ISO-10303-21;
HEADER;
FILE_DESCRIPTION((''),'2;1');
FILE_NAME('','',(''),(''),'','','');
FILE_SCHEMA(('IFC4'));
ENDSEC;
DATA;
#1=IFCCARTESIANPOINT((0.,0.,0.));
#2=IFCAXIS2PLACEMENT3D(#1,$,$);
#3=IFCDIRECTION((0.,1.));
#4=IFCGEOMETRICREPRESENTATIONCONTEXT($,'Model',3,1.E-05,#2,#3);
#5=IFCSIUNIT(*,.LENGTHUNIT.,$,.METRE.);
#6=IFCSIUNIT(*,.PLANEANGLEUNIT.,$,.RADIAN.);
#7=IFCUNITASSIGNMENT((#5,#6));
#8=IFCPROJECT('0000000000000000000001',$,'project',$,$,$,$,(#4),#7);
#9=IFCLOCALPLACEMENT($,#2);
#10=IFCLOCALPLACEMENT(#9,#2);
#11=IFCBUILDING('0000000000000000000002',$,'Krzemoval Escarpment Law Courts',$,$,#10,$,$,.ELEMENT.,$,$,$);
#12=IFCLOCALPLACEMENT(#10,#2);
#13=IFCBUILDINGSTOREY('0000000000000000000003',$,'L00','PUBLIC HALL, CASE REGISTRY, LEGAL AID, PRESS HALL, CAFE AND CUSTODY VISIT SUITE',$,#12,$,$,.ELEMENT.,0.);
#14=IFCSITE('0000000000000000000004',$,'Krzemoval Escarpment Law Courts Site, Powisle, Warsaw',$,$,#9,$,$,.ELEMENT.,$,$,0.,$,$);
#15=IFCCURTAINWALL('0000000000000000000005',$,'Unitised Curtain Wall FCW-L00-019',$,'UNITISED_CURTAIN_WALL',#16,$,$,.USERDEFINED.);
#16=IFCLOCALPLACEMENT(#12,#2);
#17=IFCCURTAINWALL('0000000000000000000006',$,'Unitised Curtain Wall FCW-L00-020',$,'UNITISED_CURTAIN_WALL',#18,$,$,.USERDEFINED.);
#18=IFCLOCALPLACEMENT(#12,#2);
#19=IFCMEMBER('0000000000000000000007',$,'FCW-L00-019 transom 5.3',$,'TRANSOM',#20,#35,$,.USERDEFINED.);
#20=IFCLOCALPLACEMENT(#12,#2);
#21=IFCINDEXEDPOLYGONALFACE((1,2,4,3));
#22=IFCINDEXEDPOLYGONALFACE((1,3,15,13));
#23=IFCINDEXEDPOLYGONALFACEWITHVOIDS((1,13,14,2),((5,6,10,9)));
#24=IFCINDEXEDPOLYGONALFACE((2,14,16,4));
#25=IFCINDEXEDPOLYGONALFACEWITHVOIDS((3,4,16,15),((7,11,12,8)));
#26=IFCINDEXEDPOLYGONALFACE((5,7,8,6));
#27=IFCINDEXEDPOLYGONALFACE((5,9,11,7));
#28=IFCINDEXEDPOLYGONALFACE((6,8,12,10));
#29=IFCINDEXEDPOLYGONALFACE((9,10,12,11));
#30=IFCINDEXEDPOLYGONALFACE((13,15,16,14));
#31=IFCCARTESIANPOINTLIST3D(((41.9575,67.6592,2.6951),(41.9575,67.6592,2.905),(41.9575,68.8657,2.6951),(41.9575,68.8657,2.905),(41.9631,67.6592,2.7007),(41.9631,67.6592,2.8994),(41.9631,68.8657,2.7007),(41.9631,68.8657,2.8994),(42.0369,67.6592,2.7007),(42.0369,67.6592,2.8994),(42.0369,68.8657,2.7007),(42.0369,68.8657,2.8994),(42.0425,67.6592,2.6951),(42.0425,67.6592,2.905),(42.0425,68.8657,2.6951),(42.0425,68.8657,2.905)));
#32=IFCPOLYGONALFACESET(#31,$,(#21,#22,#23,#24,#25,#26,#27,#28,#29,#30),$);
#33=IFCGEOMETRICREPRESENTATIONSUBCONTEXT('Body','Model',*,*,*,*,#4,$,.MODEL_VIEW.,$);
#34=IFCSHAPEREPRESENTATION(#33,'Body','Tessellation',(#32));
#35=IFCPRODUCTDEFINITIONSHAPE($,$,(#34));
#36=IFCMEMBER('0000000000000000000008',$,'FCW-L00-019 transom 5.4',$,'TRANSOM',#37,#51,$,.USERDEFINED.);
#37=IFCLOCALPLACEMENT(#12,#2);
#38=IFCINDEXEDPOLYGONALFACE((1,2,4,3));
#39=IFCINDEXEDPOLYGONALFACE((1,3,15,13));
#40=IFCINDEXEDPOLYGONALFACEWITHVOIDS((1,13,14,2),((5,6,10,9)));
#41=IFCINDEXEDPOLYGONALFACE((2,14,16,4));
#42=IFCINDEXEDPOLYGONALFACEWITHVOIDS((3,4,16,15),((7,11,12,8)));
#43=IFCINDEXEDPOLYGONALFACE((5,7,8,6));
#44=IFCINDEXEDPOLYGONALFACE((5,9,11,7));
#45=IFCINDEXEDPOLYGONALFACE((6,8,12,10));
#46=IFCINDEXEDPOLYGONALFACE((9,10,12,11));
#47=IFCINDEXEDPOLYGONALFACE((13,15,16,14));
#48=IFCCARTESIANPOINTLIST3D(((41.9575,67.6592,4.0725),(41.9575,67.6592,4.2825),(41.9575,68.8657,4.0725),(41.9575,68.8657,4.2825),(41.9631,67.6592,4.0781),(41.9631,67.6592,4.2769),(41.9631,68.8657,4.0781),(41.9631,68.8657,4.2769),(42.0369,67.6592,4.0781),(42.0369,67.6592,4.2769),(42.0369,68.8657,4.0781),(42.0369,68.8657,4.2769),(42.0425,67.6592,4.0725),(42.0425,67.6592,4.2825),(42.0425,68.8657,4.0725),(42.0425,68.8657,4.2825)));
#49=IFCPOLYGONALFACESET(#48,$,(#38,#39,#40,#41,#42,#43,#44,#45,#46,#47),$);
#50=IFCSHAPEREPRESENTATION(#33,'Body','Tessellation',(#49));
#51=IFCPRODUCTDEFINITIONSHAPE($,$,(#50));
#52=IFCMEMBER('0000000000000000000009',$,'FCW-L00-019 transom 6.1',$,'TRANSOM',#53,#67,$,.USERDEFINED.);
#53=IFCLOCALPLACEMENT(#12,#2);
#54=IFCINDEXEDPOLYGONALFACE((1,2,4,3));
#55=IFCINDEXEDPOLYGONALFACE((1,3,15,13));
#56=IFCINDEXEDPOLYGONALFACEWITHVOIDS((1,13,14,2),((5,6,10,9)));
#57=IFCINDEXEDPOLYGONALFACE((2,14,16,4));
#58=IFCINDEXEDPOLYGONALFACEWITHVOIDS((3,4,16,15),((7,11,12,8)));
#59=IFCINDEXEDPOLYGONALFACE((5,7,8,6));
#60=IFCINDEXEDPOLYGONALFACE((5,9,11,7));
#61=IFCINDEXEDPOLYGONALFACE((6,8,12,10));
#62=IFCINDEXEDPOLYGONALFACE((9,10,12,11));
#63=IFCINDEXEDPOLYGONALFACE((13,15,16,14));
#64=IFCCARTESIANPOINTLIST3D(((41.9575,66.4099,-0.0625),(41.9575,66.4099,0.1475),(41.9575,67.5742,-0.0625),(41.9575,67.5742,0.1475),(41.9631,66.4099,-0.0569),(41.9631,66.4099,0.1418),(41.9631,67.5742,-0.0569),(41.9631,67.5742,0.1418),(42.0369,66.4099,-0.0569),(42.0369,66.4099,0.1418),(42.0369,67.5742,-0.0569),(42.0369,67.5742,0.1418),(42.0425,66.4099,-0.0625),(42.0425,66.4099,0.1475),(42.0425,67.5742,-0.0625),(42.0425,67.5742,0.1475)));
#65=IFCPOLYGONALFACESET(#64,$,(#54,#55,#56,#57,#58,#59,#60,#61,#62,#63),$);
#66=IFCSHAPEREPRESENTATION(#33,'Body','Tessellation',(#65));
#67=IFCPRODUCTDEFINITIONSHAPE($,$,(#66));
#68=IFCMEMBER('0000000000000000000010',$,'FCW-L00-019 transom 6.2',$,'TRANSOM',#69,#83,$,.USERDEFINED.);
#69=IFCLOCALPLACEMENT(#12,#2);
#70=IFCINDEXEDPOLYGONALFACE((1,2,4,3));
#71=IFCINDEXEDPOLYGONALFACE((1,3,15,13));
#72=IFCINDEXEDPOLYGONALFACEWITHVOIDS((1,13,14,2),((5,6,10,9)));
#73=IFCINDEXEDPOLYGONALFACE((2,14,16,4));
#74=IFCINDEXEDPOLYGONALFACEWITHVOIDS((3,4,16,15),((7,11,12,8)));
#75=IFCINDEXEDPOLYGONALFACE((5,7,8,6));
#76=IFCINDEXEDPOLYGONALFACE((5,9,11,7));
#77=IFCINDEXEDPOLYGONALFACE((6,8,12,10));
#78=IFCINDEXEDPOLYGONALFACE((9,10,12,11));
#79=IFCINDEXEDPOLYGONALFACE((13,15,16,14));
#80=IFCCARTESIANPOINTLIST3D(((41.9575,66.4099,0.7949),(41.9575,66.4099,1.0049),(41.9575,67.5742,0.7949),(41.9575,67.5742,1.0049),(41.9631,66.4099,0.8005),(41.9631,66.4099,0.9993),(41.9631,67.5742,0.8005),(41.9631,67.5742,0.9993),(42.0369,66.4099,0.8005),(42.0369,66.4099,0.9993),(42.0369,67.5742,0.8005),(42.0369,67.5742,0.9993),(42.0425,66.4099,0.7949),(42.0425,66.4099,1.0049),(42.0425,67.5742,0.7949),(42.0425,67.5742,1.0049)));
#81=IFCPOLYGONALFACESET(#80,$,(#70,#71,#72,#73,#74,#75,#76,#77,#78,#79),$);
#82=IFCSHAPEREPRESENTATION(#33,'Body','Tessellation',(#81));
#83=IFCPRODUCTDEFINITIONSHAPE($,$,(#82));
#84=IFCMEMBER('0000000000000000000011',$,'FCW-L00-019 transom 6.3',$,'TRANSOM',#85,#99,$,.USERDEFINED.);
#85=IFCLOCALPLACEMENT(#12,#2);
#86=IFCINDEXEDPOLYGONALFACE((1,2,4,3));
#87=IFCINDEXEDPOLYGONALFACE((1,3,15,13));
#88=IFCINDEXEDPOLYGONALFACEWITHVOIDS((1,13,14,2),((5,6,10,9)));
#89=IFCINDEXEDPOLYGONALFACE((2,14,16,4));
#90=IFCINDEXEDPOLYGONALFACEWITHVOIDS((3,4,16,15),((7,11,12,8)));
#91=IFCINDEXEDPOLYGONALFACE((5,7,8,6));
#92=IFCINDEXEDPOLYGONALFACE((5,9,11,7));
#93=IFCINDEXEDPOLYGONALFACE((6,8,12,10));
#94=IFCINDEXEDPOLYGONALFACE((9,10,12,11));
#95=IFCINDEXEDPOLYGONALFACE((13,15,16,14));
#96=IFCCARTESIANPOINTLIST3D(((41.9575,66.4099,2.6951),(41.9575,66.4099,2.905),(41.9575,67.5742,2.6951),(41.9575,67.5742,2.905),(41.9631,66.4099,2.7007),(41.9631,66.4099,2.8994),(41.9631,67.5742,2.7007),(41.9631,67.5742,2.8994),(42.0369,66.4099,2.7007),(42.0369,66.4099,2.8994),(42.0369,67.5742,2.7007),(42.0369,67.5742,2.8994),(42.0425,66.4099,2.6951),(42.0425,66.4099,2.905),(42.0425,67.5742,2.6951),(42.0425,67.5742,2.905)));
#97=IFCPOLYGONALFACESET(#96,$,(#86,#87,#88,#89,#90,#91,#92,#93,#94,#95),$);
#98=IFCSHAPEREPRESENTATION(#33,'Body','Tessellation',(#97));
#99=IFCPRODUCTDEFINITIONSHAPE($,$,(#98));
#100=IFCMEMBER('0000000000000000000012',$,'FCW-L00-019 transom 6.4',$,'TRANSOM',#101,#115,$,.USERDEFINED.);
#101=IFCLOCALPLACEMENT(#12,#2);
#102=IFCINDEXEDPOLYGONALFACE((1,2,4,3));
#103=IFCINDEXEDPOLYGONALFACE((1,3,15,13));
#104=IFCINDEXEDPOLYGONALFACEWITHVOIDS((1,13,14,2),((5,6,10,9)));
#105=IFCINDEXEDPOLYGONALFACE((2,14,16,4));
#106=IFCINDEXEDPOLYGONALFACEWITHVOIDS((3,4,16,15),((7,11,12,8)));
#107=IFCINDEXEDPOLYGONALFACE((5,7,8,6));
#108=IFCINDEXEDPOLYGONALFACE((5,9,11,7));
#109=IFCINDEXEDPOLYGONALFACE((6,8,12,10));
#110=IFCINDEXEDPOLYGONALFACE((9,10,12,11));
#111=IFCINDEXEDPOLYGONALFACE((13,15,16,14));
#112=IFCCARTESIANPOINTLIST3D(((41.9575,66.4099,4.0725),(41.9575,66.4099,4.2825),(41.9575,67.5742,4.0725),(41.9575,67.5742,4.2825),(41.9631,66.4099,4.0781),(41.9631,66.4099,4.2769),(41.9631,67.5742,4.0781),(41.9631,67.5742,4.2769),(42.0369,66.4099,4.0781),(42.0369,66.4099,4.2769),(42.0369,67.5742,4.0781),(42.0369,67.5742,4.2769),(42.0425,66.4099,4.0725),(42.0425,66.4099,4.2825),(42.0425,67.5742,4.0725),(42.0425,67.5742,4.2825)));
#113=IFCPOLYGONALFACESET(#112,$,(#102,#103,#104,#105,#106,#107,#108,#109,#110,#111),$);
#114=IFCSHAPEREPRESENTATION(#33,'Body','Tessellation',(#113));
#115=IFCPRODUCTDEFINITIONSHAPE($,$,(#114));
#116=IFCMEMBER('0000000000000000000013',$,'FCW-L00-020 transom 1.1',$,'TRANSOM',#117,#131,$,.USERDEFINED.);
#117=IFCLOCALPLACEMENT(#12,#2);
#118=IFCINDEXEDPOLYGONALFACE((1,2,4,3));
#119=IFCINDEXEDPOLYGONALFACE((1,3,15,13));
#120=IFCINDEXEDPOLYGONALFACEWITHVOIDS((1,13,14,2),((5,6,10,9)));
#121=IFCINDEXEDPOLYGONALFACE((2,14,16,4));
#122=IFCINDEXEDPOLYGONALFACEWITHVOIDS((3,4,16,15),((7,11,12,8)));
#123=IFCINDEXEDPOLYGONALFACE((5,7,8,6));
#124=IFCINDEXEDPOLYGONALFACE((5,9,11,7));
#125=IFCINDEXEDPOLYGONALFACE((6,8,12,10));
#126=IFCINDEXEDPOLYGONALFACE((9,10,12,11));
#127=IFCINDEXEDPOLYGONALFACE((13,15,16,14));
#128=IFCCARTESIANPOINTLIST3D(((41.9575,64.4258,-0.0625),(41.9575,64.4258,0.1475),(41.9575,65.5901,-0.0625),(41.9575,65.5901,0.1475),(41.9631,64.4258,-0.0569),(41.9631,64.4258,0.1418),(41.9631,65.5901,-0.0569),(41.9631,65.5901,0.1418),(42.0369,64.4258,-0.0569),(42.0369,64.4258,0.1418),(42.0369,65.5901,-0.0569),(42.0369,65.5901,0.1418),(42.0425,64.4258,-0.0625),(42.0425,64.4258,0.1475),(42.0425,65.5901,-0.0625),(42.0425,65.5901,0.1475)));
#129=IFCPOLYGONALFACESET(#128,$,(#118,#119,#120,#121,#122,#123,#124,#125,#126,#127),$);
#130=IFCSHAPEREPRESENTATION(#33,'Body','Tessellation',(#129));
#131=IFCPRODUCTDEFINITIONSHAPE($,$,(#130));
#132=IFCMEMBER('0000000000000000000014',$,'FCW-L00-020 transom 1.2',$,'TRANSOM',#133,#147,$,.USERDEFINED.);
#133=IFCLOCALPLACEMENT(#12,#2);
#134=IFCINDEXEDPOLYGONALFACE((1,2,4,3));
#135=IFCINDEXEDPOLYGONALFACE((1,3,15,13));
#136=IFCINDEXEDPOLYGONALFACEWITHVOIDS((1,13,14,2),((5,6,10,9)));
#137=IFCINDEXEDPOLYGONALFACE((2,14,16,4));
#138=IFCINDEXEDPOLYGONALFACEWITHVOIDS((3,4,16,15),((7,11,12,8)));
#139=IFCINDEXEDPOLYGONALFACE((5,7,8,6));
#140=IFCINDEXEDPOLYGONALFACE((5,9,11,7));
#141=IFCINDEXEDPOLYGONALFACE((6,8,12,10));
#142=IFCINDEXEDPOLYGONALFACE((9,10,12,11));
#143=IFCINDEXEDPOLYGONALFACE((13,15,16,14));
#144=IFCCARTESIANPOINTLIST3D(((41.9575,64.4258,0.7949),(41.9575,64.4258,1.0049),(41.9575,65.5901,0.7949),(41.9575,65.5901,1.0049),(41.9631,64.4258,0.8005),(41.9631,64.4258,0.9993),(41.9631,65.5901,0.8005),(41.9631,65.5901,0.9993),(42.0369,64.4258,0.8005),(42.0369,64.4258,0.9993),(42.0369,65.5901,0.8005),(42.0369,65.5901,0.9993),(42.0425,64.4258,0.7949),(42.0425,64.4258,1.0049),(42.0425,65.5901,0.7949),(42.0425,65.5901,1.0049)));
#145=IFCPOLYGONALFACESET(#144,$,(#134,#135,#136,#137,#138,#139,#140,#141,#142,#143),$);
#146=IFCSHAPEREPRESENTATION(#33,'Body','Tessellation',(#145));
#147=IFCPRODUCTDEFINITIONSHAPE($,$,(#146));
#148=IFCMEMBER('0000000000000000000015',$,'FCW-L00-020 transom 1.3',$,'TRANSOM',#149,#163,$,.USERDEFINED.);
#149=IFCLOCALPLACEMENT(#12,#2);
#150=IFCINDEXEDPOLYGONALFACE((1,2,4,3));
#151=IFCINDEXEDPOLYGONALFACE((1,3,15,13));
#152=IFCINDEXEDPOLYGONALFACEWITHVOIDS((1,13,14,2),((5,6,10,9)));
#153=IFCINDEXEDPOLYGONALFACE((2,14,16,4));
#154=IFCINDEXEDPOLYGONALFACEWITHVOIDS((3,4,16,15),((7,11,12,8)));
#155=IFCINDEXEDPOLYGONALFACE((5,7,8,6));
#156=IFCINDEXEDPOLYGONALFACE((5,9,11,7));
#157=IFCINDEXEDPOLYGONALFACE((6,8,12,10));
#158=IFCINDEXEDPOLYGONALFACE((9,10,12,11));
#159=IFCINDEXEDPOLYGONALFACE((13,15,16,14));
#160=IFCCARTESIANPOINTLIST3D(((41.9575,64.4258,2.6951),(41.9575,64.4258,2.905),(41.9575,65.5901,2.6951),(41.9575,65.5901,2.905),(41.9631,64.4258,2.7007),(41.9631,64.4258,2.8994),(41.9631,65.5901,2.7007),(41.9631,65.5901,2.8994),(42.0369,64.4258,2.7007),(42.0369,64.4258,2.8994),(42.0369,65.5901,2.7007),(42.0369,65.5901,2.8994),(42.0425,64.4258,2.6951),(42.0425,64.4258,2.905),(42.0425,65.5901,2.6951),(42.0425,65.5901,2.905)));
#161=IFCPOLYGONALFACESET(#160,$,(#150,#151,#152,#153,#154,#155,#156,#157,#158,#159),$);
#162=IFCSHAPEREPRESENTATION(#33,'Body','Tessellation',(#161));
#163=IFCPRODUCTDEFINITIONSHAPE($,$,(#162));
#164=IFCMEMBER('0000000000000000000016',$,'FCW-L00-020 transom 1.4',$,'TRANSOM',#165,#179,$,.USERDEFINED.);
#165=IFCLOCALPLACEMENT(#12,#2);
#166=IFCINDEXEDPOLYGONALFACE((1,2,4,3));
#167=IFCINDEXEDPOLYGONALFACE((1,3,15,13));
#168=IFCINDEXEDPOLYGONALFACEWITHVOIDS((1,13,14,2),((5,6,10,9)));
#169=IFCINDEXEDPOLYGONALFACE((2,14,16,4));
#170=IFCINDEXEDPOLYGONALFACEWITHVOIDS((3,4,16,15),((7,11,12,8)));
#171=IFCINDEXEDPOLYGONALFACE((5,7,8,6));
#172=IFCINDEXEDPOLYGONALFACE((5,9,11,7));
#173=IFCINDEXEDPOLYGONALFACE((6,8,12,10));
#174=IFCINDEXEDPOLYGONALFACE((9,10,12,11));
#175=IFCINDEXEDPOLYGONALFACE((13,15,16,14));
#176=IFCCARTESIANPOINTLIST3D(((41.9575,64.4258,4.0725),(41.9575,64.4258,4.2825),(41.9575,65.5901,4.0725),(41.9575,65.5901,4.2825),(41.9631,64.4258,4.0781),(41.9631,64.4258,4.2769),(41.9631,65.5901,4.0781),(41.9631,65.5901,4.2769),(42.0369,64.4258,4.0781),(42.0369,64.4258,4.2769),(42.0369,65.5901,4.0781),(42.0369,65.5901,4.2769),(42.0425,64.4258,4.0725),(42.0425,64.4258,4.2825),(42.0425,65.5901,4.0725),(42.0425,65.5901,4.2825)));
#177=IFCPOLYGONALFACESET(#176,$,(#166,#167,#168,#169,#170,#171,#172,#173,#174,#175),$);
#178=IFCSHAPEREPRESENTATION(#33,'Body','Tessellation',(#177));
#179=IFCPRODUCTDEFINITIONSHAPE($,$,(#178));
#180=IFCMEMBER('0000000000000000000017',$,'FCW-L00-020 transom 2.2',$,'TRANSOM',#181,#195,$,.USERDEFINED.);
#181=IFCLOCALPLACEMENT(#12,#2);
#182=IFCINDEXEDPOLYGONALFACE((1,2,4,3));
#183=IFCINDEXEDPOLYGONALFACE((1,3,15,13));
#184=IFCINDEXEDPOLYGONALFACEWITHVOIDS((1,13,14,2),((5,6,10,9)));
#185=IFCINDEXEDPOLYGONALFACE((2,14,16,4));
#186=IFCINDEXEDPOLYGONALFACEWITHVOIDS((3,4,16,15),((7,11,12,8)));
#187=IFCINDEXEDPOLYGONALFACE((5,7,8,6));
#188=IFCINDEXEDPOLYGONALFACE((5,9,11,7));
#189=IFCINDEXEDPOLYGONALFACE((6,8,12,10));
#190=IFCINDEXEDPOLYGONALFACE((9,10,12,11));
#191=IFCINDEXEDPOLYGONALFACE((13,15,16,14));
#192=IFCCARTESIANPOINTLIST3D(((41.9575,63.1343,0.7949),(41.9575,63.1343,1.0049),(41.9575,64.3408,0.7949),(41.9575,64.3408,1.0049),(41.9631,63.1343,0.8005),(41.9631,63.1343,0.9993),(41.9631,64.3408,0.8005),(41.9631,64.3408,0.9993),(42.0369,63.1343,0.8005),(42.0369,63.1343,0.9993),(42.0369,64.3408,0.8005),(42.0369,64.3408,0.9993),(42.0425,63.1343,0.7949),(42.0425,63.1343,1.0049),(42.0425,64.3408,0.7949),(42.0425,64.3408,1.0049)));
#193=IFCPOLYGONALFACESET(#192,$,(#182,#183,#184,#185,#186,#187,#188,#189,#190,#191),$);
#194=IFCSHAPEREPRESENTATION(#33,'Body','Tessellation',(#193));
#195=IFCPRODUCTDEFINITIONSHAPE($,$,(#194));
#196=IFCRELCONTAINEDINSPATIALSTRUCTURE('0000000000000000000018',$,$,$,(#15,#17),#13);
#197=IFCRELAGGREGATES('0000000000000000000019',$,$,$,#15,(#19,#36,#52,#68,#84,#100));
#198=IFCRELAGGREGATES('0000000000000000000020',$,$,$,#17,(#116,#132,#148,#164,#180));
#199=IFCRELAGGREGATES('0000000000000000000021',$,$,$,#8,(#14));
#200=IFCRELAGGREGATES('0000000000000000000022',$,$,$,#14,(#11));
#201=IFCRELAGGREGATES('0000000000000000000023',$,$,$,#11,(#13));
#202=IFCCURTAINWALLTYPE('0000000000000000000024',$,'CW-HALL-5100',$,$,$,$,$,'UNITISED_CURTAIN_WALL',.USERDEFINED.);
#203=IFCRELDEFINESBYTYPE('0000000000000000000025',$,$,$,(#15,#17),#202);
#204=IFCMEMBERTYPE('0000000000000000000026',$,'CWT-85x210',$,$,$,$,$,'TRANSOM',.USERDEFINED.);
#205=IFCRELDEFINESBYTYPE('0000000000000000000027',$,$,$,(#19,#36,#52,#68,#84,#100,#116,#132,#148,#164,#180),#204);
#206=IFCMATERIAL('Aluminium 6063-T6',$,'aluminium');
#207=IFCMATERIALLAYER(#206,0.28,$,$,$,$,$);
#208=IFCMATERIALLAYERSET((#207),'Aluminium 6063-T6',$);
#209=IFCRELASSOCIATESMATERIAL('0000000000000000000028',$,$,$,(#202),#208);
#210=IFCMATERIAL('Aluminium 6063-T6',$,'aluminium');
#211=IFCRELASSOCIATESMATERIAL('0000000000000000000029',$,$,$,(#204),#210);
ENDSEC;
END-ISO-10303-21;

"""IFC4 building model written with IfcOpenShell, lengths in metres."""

from ifc_helpers import new_model, si_unit, direction, frame, origin, origin_2d, place, context, subcontext, project, spatial, hollow_rectangle, extrude, material, layer, layer_set, material_profile, profile_set, type_object, element, aggregate, save


model = new_model("IFC4")

# Units and contexts
model_context = context("Model", 3, precision=1e-05, world=origin(), true_north=direction((0.0, 1.0)))
body_context = subcontext(model_context, "Body", "Model", "MODEL_VIEW")
ifc_project = project(units=[si_unit("LENGTHUNIT", "METRE"), si_unit("PLANEANGLEUNIT", "RADIAN")], contexts=[model_context])

# Site, building, storey
site_placement = place(None, origin())
site = spatial("IfcSite", under=ifc_project, at=site_placement, Name="Krzemoval Escarpment Law Courts Site, Powisle, Warsaw", CompositionType="ELEMENT", RefElevation=0.0)
building_placement = place(site_placement, origin())
building = spatial("IfcBuilding", under=site, at=building_placement, Name="Krzemoval Escarpment Law Courts", CompositionType="ELEMENT")
storey_placement = place(building_placement, origin())
storey = spatial("IfcBuildingStorey", under=building, at=storey_placement, Name="L00", Description="PUBLIC HALL, CASE REGISTRY, LEGAL AID, PRESS HALL, CAFE AND CUSTODY VISIT SUITE", CompositionType="ELEMENT", Elevation=0.0)

# Curtain walls
ifc_material_1 = material(Name="Aluminium 6063-T6", Category="aluminium")
ifc_layer_1 = layer(ifc_material_1, 0.28)
ifc_layer_set_1 = layer_set([ifc_layer_1], Name="Aluminium 6063-T6")
curtain_wall_type = type_object("IfcCurtainWallType", Name="CW-HALL-5100", ElementType="UNITISED_CURTAIN_WALL", PredefinedType="USERDEFINED", material=ifc_layer_set_1)
curtain_wall_1_placement = place(storey_placement, origin())
curtain_wall_1 = element("IfcCurtainWall", 1, at=curtain_wall_1_placement, inside=storey, type_object=curtain_wall_type, Name="Unitised Curtain Wall FCW-L00-019", ObjectType="UNITISED_CURTAIN_WALL", PredefinedType="USERDEFINED")
curtain_wall_2_placement = place(storey_placement, origin())
curtain_wall_2 = element("IfcCurtainWall", 2, at=curtain_wall_2_placement, inside=storey, type_object=curtain_wall_type, Name="Unitised Curtain Wall FCW-L00-020", ObjectType="UNITISED_CURTAIN_WALL", PredefinedType="USERDEFINED")

# Members
ifc_material_2 = material(Name="Aluminium 6063-T6", Category="aluminium")
ifc_material_profile_1 = material_profile(ifc_material_2, hollow_rectangle(XDim=0.085, YDim=0.21, WallThickness=0.0056, at=origin_2d()), Name="ALU T85x210")
ifc_profile_set_1 = profile_set([ifc_material_profile_1], Name="Aluminium 6063-T6")
member_type_1 = type_object("IfcMemberType", Name="CWT-85x210", ElementType="TRANSOM", PredefinedType="USERDEFINED", material=ifc_profile_set_1)
member_1_placement = place(storey_placement, frame((42.0, 68.8657, 2.8), z_axis=(0.0, -1.0, 0.0), x_axis=(1.0, 0.0, 0.0)))
member_1 = element("IfcMember", 3, at=member_1_placement, type_object=member_type_1, Name="FCW-L00-019 transom 5.3", ObjectType="TRANSOM", PredefinedType="USERDEFINED", context=body_context, shape_type="SweptSolid", body=[
    extrude(hollow_rectangle(XDim=0.085, YDim=0.21, WallThickness=0.0056, at=origin_2d()), origin(), (0.0, 0.0, 1.0), 1.2065),
])
member_2_placement = place(storey_placement, frame((42.0, 68.8657, 4.1775), z_axis=(0.0, -1.0, 0.0), x_axis=(1.0, 0.0, 0.0)))
member_2 = element("IfcMember", 4, at=member_2_placement, type_object=member_type_1, Name="FCW-L00-019 transom 5.4", ObjectType="TRANSOM", PredefinedType="USERDEFINED", context=body_context, shape_type="SweptSolid", body=[
    extrude(hollow_rectangle(XDim=0.085, YDim=0.21, WallThickness=0.0056, at=origin_2d()), origin(), (0.0, 0.0, 1.0), 1.2065),
])
member_3_placement = place(storey_placement, frame((42.0, 67.5742, 0.0425), z_axis=(0.0, -1.0, 0.0), x_axis=(1.0, 0.0, 0.0)))
member_3 = element("IfcMember", 5, at=member_3_placement, type_object=member_type_1, Name="FCW-L00-019 transom 6.1", ObjectType="TRANSOM", PredefinedType="USERDEFINED", context=body_context, shape_type="SweptSolid", body=[
    extrude(hollow_rectangle(XDim=0.085, YDim=0.21, WallThickness=0.0056, at=origin_2d()), origin(), (0.0, 0.0, 1.0), 1.1643),
])
member_4_placement = place(storey_placement, frame((42.0, 67.5742, 0.8999), z_axis=(0.0, -1.0, 0.0), x_axis=(1.0, 0.0, 0.0)))
member_4 = element("IfcMember", 6, at=member_4_placement, type_object=member_type_1, Name="FCW-L00-019 transom 6.2", ObjectType="TRANSOM", PredefinedType="USERDEFINED", context=body_context, shape_type="SweptSolid", body=[
    extrude(hollow_rectangle(XDim=0.085, YDim=0.21, WallThickness=0.0056, at=origin_2d()), origin(), (0.0, 0.0, 1.0), 1.1643),
])
member_5_placement = place(storey_placement, frame((42.0, 67.5742, 2.8), z_axis=(0.0, -1.0, 0.0), x_axis=(1.0, 0.0, 0.0)))
member_5 = element("IfcMember", 7, at=member_5_placement, type_object=member_type_1, Name="FCW-L00-019 transom 6.3", ObjectType="TRANSOM", PredefinedType="USERDEFINED", context=body_context, shape_type="SweptSolid", body=[
    extrude(hollow_rectangle(XDim=0.085, YDim=0.21, WallThickness=0.0056, at=origin_2d()), origin(), (0.0, 0.0, 1.0), 1.1643),
])
member_6_placement = place(storey_placement, frame((42.0, 67.5742, 4.1775), z_axis=(0.0, -1.0, 0.0), x_axis=(1.0, 0.0, 0.0)))
member_6 = element("IfcMember", 8, at=member_6_placement, type_object=member_type_1, Name="FCW-L00-019 transom 6.4", ObjectType="TRANSOM", PredefinedType="USERDEFINED", context=body_context, shape_type="SweptSolid", body=[
    extrude(hollow_rectangle(XDim=0.085, YDim=0.21, WallThickness=0.0056, at=origin_2d()), origin(), (0.0, 0.0, 1.0), 1.1643),
])
member_7_placement = place(storey_placement, frame((42.0, 65.5901, 0.0425), z_axis=(0.0, -1.0, 0.0), x_axis=(1.0, 0.0, 0.0)))
member_7 = element("IfcMember", 9, at=member_7_placement, type_object=member_type_1, Name="FCW-L00-020 transom 1.1", ObjectType="TRANSOM", PredefinedType="USERDEFINED", context=body_context, shape_type="SweptSolid", body=[
    extrude(hollow_rectangle(XDim=0.085, YDim=0.21, WallThickness=0.0056, at=origin_2d()), origin(), (0.0, 0.0, 1.0), 1.1643),
])
member_8_placement = place(storey_placement, frame((42.0, 65.5901, 0.8999), z_axis=(0.0, -1.0, 0.0), x_axis=(1.0, 0.0, 0.0)))
member_8 = element("IfcMember", 10, at=member_8_placement, type_object=member_type_1, Name="FCW-L00-020 transom 1.2", ObjectType="TRANSOM", PredefinedType="USERDEFINED", context=body_context, shape_type="SweptSolid", body=[
    extrude(hollow_rectangle(XDim=0.085, YDim=0.21, WallThickness=0.0056, at=origin_2d()), origin(), (0.0, 0.0, 1.0), 1.1643),
])
member_9_placement = place(storey_placement, frame((42.0, 65.5901, 2.8), z_axis=(0.0, -1.0, 0.0), x_axis=(1.0, 0.0, 0.0)))
member_9 = element("IfcMember", 11, at=member_9_placement, type_object=member_type_1, Name="FCW-L00-020 transom 1.3", ObjectType="TRANSOM", PredefinedType="USERDEFINED", context=body_context, shape_type="SweptSolid", body=[
    extrude(hollow_rectangle(XDim=0.085, YDim=0.21, WallThickness=0.0056, at=origin_2d()), origin(), (0.0, 0.0, 1.0), 1.1643),
])
member_10_placement = place(storey_placement, frame((42.0, 65.5901, 4.1775), z_axis=(0.0, -1.0, 0.0), x_axis=(1.0, 0.0, 0.0)))
member_10 = element("IfcMember", 12, at=member_10_placement, type_object=member_type_1, Name="FCW-L00-020 transom 1.4", ObjectType="TRANSOM", PredefinedType="USERDEFINED", context=body_context, shape_type="SweptSolid", body=[
    extrude(hollow_rectangle(XDim=0.085, YDim=0.21, WallThickness=0.0056, at=origin_2d()), origin(), (0.0, 0.0, 1.0), 1.1643),
])
member_11_placement = place(storey_placement, frame((42.0, 64.3408, 0.8999), z_axis=(0.0, -1.0, 0.0), x_axis=(1.0, 0.0, 0.0)))
member_11 = element("IfcMember", 13, at=member_11_placement, type_object=member_type_1, Name="FCW-L00-020 transom 2.2", ObjectType="TRANSOM", PredefinedType="USERDEFINED", context=body_context, shape_type="SweptSolid", body=[
    extrude(hollow_rectangle(XDim=0.085, YDim=0.21, WallThickness=0.0056, at=origin_2d()), origin(), (0.0, 0.0, 1.0), 1.2065),
])

aggregate(curtain_wall_1, [member_1, member_2, member_3, member_4, member_5, member_6])
aggregate(curtain_wall_2, [member_7, member_8, member_9, member_10, member_11])

save(model, "model.ifc")
